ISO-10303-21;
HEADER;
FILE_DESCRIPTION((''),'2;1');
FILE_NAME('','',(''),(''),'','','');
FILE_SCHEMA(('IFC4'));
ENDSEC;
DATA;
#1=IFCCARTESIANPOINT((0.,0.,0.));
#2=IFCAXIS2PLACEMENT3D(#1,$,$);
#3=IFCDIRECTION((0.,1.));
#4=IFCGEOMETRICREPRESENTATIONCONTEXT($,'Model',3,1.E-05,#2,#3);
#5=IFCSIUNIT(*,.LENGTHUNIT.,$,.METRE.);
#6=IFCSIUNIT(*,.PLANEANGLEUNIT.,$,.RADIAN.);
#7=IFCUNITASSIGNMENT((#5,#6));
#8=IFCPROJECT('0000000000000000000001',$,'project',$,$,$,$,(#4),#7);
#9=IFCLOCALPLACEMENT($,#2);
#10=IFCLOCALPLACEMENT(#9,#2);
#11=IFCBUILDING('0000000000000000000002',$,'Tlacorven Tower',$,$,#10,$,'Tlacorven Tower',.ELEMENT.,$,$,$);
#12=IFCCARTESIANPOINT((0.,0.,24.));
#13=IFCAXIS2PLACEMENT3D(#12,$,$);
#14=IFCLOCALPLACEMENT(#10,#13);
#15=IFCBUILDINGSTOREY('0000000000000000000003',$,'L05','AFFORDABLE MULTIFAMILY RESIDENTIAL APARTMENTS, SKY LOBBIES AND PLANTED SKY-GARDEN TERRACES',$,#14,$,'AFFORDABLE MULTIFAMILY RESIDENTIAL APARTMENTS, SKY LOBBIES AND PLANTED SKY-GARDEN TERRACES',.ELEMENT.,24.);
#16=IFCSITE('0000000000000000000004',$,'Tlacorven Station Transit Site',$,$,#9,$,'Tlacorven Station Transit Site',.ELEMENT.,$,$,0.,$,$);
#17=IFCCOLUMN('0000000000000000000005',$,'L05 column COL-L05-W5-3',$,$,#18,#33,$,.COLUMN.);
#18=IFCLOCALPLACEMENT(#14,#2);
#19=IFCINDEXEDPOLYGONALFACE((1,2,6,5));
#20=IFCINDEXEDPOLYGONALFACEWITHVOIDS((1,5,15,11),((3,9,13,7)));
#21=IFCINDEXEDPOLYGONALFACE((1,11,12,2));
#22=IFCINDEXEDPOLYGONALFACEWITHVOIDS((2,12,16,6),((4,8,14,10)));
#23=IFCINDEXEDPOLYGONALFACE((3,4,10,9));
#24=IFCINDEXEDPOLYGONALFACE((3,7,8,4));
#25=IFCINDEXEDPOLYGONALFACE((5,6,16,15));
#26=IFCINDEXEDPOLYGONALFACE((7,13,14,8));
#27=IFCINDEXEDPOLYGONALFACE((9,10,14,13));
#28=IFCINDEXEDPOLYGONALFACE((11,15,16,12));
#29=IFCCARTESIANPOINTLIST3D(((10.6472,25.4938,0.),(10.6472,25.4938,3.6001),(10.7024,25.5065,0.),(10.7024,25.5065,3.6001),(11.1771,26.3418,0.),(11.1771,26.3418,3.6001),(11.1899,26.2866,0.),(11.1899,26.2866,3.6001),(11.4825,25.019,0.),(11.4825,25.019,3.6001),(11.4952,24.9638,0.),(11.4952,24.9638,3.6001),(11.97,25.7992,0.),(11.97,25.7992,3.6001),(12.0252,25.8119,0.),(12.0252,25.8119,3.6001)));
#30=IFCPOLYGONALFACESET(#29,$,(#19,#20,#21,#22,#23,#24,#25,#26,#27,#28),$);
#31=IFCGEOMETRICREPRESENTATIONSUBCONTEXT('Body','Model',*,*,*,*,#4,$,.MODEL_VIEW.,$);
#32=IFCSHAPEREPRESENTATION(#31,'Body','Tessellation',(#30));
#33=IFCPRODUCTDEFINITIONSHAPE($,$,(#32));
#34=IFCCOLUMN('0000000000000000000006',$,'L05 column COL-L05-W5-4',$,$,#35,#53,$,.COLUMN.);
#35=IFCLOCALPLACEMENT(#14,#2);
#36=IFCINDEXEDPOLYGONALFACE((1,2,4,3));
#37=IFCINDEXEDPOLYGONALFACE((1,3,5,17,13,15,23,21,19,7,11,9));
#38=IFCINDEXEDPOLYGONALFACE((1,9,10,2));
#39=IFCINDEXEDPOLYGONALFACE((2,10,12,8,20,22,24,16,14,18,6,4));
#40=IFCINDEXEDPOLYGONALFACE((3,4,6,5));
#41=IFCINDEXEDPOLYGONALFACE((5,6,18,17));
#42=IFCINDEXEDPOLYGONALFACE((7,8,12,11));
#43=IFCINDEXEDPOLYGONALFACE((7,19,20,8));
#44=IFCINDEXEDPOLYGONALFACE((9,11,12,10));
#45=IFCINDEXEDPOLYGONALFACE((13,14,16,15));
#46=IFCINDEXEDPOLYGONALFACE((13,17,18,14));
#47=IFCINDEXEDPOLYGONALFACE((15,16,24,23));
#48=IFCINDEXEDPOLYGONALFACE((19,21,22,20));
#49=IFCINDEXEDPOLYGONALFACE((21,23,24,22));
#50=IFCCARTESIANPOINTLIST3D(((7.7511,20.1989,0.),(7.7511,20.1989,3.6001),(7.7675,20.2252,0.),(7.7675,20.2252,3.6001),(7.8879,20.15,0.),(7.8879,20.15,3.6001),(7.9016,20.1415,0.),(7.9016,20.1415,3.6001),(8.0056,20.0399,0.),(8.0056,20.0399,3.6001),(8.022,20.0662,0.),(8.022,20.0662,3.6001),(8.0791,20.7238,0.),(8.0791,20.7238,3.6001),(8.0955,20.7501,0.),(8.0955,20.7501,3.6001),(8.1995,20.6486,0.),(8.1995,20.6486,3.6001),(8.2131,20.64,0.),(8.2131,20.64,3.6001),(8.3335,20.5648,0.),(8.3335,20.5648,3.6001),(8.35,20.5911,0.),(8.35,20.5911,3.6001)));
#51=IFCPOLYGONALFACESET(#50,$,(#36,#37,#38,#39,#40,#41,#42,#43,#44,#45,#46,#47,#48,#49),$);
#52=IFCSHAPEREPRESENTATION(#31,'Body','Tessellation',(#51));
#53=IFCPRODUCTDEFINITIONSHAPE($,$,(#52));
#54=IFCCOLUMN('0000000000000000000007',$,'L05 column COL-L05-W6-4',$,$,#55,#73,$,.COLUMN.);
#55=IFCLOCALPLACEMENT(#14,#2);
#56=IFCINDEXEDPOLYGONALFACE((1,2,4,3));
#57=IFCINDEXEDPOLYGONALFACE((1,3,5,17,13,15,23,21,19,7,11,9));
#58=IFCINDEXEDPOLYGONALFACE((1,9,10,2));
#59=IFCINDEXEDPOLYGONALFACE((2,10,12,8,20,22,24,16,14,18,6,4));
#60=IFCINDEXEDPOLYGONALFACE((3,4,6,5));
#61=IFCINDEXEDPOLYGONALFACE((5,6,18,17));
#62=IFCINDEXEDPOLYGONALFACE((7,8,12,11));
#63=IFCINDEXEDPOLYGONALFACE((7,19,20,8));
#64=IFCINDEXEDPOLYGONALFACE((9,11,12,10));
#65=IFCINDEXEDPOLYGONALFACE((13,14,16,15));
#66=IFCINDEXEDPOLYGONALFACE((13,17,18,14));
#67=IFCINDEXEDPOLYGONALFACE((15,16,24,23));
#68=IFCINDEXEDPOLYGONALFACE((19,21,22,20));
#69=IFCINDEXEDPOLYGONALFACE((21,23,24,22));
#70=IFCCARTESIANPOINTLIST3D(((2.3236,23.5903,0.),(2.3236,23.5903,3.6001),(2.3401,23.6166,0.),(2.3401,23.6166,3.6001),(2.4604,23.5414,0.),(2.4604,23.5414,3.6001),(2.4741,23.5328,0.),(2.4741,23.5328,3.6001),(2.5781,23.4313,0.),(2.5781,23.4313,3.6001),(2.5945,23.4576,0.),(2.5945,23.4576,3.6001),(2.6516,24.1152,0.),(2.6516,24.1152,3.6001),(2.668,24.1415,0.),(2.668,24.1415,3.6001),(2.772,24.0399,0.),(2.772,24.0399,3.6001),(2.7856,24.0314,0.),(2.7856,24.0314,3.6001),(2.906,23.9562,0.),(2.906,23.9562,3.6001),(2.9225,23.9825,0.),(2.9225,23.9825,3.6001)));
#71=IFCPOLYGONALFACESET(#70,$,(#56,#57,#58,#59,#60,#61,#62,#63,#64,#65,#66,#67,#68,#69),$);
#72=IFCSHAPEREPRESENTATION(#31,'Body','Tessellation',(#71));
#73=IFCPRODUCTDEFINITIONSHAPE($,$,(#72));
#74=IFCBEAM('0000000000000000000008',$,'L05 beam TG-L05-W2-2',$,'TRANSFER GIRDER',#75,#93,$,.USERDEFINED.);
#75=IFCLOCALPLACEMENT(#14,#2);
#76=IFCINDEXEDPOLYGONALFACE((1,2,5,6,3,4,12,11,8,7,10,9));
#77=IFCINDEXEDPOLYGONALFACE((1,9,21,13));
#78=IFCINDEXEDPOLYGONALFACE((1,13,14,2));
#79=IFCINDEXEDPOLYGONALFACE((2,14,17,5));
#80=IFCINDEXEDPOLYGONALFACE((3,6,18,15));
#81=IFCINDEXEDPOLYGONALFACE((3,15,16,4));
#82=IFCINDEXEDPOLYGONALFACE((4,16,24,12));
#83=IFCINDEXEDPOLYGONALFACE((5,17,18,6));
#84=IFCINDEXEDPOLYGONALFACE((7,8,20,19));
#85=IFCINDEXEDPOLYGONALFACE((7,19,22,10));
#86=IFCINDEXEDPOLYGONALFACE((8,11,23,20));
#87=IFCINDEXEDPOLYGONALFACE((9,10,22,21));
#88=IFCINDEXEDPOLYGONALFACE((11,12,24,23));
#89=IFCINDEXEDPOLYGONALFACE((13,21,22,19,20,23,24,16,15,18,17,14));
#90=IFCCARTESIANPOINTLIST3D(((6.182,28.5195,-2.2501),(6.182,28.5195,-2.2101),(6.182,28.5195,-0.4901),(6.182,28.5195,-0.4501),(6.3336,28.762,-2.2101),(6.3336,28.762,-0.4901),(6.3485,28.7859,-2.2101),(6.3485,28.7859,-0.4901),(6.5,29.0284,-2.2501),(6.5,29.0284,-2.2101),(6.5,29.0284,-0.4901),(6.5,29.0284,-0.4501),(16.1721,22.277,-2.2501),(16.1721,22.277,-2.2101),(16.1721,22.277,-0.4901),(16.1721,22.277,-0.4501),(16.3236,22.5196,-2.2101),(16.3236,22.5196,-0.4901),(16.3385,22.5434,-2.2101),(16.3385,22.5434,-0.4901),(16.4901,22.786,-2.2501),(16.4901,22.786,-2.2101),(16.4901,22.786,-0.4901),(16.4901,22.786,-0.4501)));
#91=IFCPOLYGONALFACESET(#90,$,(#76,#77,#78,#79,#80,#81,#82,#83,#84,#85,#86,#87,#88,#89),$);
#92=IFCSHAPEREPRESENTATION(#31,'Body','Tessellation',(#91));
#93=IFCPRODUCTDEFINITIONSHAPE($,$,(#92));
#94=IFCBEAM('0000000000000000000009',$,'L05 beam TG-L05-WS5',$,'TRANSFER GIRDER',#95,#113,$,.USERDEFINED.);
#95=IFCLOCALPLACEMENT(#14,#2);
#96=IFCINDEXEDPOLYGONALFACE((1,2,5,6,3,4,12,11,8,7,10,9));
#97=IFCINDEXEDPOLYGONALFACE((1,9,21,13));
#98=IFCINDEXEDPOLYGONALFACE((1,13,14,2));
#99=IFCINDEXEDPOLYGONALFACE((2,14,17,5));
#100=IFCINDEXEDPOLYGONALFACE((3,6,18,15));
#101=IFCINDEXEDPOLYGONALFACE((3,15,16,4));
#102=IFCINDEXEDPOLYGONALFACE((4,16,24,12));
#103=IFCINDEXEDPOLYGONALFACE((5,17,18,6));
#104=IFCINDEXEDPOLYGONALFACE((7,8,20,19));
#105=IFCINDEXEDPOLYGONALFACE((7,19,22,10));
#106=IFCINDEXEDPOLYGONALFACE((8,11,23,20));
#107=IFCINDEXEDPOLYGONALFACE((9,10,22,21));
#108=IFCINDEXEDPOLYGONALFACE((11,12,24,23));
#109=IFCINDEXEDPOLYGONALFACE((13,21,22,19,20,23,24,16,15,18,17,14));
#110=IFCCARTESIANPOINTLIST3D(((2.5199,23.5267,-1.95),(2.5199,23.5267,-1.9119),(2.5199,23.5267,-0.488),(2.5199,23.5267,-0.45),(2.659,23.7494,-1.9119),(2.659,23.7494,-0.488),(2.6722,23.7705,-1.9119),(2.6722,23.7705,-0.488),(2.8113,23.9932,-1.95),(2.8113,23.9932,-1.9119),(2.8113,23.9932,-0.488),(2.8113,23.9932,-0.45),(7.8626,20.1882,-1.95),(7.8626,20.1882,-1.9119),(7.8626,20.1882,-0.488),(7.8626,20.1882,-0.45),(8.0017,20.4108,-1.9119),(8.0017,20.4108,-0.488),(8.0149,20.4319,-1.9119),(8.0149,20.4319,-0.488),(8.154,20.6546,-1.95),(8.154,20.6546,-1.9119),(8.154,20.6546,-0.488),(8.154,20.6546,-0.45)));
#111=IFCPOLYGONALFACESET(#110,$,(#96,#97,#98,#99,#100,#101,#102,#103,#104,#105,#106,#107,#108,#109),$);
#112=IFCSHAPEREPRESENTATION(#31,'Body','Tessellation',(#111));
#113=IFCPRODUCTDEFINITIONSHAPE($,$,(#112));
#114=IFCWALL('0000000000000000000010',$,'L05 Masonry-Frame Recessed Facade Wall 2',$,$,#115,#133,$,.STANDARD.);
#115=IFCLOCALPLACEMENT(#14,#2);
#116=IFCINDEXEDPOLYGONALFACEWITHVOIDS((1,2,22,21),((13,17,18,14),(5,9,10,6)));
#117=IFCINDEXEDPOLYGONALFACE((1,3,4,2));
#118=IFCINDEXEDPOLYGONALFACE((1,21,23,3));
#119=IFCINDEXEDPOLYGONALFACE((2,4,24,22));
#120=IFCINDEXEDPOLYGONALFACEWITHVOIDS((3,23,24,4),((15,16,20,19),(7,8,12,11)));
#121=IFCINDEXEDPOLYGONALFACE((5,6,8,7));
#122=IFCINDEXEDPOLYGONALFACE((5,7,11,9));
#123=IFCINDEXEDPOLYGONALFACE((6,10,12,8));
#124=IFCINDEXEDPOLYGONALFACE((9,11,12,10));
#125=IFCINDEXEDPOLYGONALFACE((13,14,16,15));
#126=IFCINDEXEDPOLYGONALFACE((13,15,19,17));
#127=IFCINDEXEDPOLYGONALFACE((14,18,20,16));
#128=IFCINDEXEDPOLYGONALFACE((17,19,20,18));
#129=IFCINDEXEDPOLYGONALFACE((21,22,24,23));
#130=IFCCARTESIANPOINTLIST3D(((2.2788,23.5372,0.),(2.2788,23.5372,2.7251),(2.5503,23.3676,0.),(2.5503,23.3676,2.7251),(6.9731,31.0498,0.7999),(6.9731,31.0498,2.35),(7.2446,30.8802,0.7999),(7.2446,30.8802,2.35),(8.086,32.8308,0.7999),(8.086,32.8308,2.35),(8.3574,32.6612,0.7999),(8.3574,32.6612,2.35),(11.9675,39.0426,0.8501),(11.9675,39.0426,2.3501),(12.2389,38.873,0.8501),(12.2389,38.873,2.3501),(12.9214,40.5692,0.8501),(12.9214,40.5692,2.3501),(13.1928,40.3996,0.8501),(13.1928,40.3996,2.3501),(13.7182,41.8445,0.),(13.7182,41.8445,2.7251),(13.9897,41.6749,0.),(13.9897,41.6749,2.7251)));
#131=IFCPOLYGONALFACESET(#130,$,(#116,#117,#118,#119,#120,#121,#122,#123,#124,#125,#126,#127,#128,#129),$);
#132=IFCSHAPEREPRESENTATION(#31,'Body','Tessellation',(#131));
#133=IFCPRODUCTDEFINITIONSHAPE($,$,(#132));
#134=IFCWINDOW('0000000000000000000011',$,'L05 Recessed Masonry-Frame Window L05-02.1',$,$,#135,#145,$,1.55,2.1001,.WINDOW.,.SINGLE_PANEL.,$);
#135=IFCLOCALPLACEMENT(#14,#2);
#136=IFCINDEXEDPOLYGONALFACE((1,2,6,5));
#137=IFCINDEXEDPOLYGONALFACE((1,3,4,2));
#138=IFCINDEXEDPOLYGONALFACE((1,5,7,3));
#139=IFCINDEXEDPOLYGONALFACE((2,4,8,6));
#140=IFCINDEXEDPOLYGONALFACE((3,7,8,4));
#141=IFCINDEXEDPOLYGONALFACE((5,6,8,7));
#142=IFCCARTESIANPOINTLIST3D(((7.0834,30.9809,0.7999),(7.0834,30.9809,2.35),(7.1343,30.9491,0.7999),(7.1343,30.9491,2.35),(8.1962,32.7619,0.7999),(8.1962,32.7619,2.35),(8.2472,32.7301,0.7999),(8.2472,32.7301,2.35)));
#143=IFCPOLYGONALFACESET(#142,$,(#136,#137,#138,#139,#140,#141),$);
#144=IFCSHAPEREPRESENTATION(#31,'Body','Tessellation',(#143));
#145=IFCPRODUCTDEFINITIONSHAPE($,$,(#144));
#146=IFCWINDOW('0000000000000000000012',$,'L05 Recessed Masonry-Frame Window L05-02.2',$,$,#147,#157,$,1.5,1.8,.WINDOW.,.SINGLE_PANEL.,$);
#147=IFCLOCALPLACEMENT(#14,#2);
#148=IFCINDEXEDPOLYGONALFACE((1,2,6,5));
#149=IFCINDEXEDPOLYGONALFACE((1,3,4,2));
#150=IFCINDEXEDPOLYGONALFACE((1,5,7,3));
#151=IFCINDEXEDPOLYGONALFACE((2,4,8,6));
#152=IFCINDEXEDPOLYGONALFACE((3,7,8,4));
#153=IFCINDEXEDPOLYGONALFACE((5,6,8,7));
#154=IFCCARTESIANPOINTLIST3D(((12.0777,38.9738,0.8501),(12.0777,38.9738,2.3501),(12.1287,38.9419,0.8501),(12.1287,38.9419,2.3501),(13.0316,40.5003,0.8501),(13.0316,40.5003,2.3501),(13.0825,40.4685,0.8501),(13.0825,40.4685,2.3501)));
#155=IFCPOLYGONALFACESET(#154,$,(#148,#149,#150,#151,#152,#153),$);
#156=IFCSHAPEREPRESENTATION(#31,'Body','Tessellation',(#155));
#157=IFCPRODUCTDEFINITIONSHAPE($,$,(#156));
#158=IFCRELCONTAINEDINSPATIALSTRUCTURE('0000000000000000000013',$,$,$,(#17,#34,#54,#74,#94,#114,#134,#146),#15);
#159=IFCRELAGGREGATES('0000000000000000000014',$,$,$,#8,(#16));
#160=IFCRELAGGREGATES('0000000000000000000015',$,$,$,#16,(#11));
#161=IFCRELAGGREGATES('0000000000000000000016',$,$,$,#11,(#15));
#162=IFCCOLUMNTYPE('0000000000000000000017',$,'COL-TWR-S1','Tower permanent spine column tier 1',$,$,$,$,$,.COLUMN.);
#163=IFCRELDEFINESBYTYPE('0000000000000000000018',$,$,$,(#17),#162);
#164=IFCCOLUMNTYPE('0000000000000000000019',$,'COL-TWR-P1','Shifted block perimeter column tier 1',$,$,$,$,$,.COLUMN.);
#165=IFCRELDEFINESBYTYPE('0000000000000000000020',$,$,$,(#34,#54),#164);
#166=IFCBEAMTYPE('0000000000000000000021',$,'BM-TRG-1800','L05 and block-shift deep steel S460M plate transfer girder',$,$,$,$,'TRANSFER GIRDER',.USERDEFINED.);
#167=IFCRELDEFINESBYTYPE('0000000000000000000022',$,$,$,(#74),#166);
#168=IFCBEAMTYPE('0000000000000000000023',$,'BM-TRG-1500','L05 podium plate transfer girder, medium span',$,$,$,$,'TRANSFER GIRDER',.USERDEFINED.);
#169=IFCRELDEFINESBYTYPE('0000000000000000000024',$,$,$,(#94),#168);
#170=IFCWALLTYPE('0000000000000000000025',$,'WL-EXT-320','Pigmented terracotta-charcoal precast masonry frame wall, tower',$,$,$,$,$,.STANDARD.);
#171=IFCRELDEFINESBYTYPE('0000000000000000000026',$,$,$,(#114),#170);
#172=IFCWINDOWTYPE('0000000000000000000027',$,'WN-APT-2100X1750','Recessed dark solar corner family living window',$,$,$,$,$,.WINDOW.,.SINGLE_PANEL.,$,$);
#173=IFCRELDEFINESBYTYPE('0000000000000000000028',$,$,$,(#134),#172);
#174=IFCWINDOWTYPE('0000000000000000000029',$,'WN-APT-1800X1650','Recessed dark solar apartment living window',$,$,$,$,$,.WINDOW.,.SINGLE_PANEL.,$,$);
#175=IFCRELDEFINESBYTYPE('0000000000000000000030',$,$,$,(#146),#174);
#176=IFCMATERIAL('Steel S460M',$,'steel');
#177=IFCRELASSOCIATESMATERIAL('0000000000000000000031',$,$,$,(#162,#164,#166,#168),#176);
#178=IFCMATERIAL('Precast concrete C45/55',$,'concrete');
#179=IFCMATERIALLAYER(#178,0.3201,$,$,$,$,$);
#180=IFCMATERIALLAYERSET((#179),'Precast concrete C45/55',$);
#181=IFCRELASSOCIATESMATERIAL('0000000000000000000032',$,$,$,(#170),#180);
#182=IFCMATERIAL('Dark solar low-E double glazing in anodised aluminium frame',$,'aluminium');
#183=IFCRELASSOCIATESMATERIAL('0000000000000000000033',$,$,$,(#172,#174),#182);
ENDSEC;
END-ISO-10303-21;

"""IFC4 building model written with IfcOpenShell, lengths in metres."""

from ifc_helpers import new_model, si_unit, direction, frame, frame_2d, origin, origin_2d, place, context, subcontext, project, spatial, rectangle, hollow_rectangle, i_section, extrude, source, transform, mapped, material, layer, layer_set, material_profile, profile_set, type_object, element, fill, save


model = new_model("IFC4")

# Units and contexts
model_context = context("Model", 3, precision=1e-05, world=origin(), true_north=direction((0.0, 1.0)))
body_context = subcontext(model_context, "Body", "Model", "MODEL_VIEW")
ifc_project = project(units=[si_unit("LENGTHUNIT", "METRE"), si_unit("PLANEANGLEUNIT", "RADIAN")], contexts=[model_context])

# Site, building, storey
site_placement = place(None, origin())
site = spatial("IfcSite", under=ifc_project, at=site_placement, Name="Tlacorven Station Transit Site", LongName="Tlacorven Station Transit Site", CompositionType="ELEMENT", RefElevation=0.0)
building_placement = place(site_placement, origin())
building = spatial("IfcBuilding", under=site, at=building_placement, Name="Tlacorven Tower", LongName="Tlacorven Tower", CompositionType="ELEMENT")
storey_placement = place(building_placement, frame((0.0, 0.0, 24.0)))
storey = spatial("IfcBuildingStorey", under=building, at=storey_placement, Name="L05", Description="AFFORDABLE MULTIFAMILY RESIDENTIAL APARTMENTS, SKY LOBBIES AND PLANTED SKY-GARDEN TERRACES", LongName="AFFORDABLE MULTIFAMILY RESIDENTIAL APARTMENTS, SKY LOBBIES AND PLANTED SKY-GARDEN TERRACES", CompositionType="ELEMENT", Elevation=24.0)

# Columns
ifc_material_1 = material(Name="Steel S460M", Category="steel")
ifc_material_profile_1 = material_profile(ifc_material_1, hollow_rectangle(XDim=1.0, YDim=1.0, WallThickness=0.04, at=origin_2d()), Name="BOX 1000X1000X40")
ifc_profile_set_1 = profile_set([ifc_material_profile_1], Name="Steel S460M")
column_type_1 = type_object("IfcColumnType", Name="COL-TWR-S1", Description="Tower permanent spine column tier 1", PredefinedType="COLUMN", material=ifc_profile_set_1)
shared_shape_1 = source(origin(), body_context, "Body", "SweptSolid", [
    extrude(hollow_rectangle(XDim=1.0, YDim=1.0, WallThickness=0.04, at=origin_2d()), origin(), (0.0, 0.0, 1.0), 3.6001),
])
column_placement = place(storey_placement, frame((11.3362, 25.6528, 0.0), z_axis=(0.0, 0.0, 1.0), x_axis=(-0.848048, 0.529919, 0.0)))
element("IfcColumn", 1, at=column_placement, inside=storey, type_object=column_type_1, Name="L05 column COL-L05-W5-3", PredefinedType="COLUMN", context=body_context, shape_type="MappedRepresentation", body=[
    mapped(shared_shape_1, transform((0.0, 0.0, 0.0), scale=1.0)),
])
ifc_material_profile_2 = material_profile(ifc_material_1, i_section(OverallWidth=0.3, OverallDepth=0.6499, WebThickness=0.0161, FlangeThickness=0.031, at=origin_2d()), Name="HEB 650")
ifc_profile_set_2 = profile_set([ifc_material_profile_2], Name="Steel S460M")
column_type_2 = type_object("IfcColumnType", Name="COL-TWR-P1", Description="Shifted block perimeter column tier 1", PredefinedType="COLUMN", material=ifc_profile_set_2)
shared_shape_2 = source(origin(), body_context, "Body", "SweptSolid", [
    extrude(i_section(OverallWidth=0.3, OverallDepth=0.6499, WebThickness=0.0161, FlangeThickness=0.031, at=origin_2d()), origin(), (0.0, 0.0, 1.0), 3.6001),
])
for number, where, z_axis, x_axis, name in (
    (2, (8.0505, 20.395, 0.0), (0.0, 0.0, 1.0), (-0.848048, 0.529919, 0.0), "L05 column COL-L05-W5-4"),
    (3, (2.623, 23.7864, 0.0), (0.0, 0.0, 1.0), (-0.848048, 0.529919, 0.0), "L05 column COL-L05-W6-4"),
):
    element("IfcColumn", number, at=place(storey_placement, frame(where, z_axis=z_axis, x_axis=x_axis)), inside=storey, type_object=column_type_2, Name=name, PredefinedType="COLUMN", context=body_context, shape_type="MappedRepresentation", body=[
        mapped(shared_shape_2, transform((0.0, 0.0, 0.0), scale=1.0)),
    ])

# Beams
ifc_material_profile_3 = material_profile(ifc_material_1, i_section(OverallWidth=0.6001, OverallDepth=1.8, WebThickness=0.0281, FlangeThickness=0.04, at=origin_2d()), Name="PG 1800X600X28X40")
ifc_profile_set_3 = profile_set([ifc_material_profile_3], Name="Steel S460M")
beam_type_1 = type_object("IfcBeamType", Name="BM-TRG-1800", Description="L05 and block-shift deep steel S460M plate transfer girder", ElementType="TRANSFER GIRDER", PredefinedType="USERDEFINED", material=ifc_profile_set_3)
shared_shape_3 = source(origin(), body_context, "Body", "SweptSolid", [
    extrude(i_section(OverallWidth=0.6001, OverallDepth=1.8, WebThickness=0.0281, FlangeThickness=0.04, at=origin_2d()), origin(), (0.0, 0.0, 1.0), 11.78),
])
beam_1_placement = place(storey_placement, frame((16.3311, 22.5315, -1.3501), z_axis=(-0.848048, 0.529919, 0.0), x_axis=(-0.529919, -0.848048, 0.0)))
element("IfcBeam", 4, at=beam_1_placement, inside=storey, type_object=beam_type_1, Name="L05 beam TG-L05-W2-2", ObjectType="TRANSFER GIRDER", PredefinedType="USERDEFINED", context=body_context, shape_type="MappedRepresentation", body=[
    mapped(shared_shape_3, transform((0.0, 0.0, 0.0), scale=1.0)),
])
ifc_material_profile_4 = material_profile(ifc_material_1, i_section(OverallWidth=0.55, OverallDepth=1.5, WebThickness=0.0249, FlangeThickness=0.0381, at=origin_2d()), Name="PG 1500X550X25X38")
ifc_profile_set_4 = profile_set([ifc_material_profile_4], Name="Steel S460M")
beam_type_2 = type_object("IfcBeamType", Name="BM-TRG-1500", Description="L05 podium plate transfer girder, medium span", ElementType="TRANSFER GIRDER", PredefinedType="USERDEFINED", material=ifc_profile_set_4)
shared_shape_4 = source(origin(), body_context, "Body", "SweptSolid", [
    extrude(i_section(OverallWidth=0.55, OverallDepth=1.5, WebThickness=0.0249, FlangeThickness=0.0381, at=origin_2d()), origin(), (0.0, 0.0, 1.0), 6.3),
])
beam_2_placement = place(storey_placement, frame((8.0083, 20.4214, -1.2), z_axis=(-0.848042, 0.529929, 0.0), x_axis=(-0.529929, -0.848042, 0.0)))
element("IfcBeam", 5, at=beam_2_placement, inside=storey, type_object=beam_type_2, Name="L05 beam TG-L05-WS5", ObjectType="TRANSFER GIRDER", PredefinedType="USERDEFINED", context=body_context, shape_type="MappedRepresentation", body=[
    mapped(shared_shape_4, transform((0.0, 0.0, 0.0), scale=1.0)),
])

# Wall, openings, windows
ifc_material_2 = material(Name="Precast concrete C45/55", Category="concrete")
ifc_layer_1 = layer(ifc_material_2, 0.3201)
ifc_layer_set_1 = layer_set([ifc_layer_1], Name="Precast concrete C45/55")
wall_type_1 = type_object("IfcWallType", Name="WL-EXT-320", Description="Pigmented terracotta-charcoal precast masonry frame wall, tower", PredefinedType="STANDARD", material=ifc_layer_set_1)
wall_1_placement = place(storey_placement, frame((2.4146, 23.4524, 0.0), z_axis=(0.0, 0.0, 1.0), x_axis=(0.52991, 0.848054, 0.0)))
wall_1 = element("IfcWall", 6, at=wall_1_placement, inside=storey, type_object=wall_type_1, Name="L05 Masonry-Frame Recessed Facade Wall 2", PredefinedType="STANDARD", context=body_context, shape_type="SweptSolid", body=[
    extrude(rectangle(XDim=21.5874, YDim=0.3201, at=frame_2d((10.7937, 0.0))), origin(), (0.0, 0.0, 1.0), 2.7251),
])
opening_1_placement = place(wall_1_placement, frame((8.8586, 0.0, 0.8)))
opening_1 = element("IfcOpeningElement", 7, at=opening_1_placement, cuts=wall_1, PredefinedType="OPENING", context=body_context, shape_type="SweptSolid", body=[
    extrude(rectangle(XDim=2.1001, YDim=1.55, at=frame_2d((1.05, 0.7749))), frame((0.0, 0.1699, 0.0), z_axis=(0.0, -1.0, 0.0), x_axis=(1.0, 0.0, 0.0)), (0.0, 0.0, 1.0), 0.3401),
])
opening_2_placement = place(wall_1_placement, frame((18.2837, 0.0, 0.8501)))
opening_2 = element("IfcOpeningElement", 8, at=opening_2_placement, cuts=wall_1, PredefinedType="OPENING", context=body_context, shape_type="SweptSolid", body=[
    extrude(rectangle(XDim=1.8, YDim=1.5, at=frame_2d((0.8999, 0.75))), frame((0.0, 0.1699, 0.0), z_axis=(0.0, -1.0, 0.0), x_axis=(1.0, 0.0, 0.0)), (0.0, 0.0, 1.0), 0.3401),
])
ifc_material_3 = material(Name="Dark solar low-E double glazing in anodised aluminium frame", Category="aluminium")
window_type_1 = type_object("IfcWindowType", Name="WN-APT-2100X1750", Description="Recessed dark solar corner family living window", PartitioningType="SINGLE_PANEL", PredefinedType="WINDOW", material=ifc_material_3)
shared_shape_5 = source(origin(), body_context, "Body", "SweptSolid", [
    extrude(rectangle(XDim=2.1001, YDim=1.55, at=frame_2d((1.05, 0.7749))), frame((0.0, 0.03, 0.0), z_axis=(0.0, -1.0, 0.0), x_axis=(1.0, 0.0, 0.0)), (0.0, 0.0, 1.0), 0.0601),
])
window_1_placement = place(opening_1_placement, origin())
window_1 = element("IfcWindow", 9, at=window_1_placement, inside=storey, type_object=window_type_1, Name="L05 Recessed Masonry-Frame Window L05-02.1", OverallHeight=1.55, OverallWidth=2.1001, PartitioningType="SINGLE_PANEL", PredefinedType="WINDOW", context=body_context, shape_type="MappedRepresentation", body=[
    mapped(shared_shape_5, transform((0.0, 0.0, 0.0), scale=1.0)),
])
fill(opening_1, window_1)
window_type_2 = type_object("IfcWindowType", Name="WN-APT-1800X1650", Description="Recessed dark solar apartment living window", PartitioningType="SINGLE_PANEL", PredefinedType="WINDOW", material=ifc_material_3)
shared_shape_6 = source(origin(), body_context, "Body", "SweptSolid", [
    extrude(rectangle(XDim=1.8, YDim=1.5, at=frame_2d((0.8999, 0.75))), frame((0.0, 0.03, 0.0), z_axis=(0.0, -1.0, 0.0), x_axis=(1.0, 0.0, 0.0)), (0.0, 0.0, 1.0), 0.0601),
])
window_2_placement = place(opening_2_placement, origin())
window_2 = element("IfcWindow", 10, at=window_2_placement, inside=storey, type_object=window_type_2, Name="L05 Recessed Masonry-Frame Window L05-02.2", OverallHeight=1.5, OverallWidth=1.8, PartitioningType="SINGLE_PANEL", PredefinedType="WINDOW", context=body_context, shape_type="MappedRepresentation", body=[
    mapped(shared_shape_6, transform((0.0, 0.0, 0.0), scale=1.0)),
])
fill(opening_2, window_2)

save(model, "model.ifc")
